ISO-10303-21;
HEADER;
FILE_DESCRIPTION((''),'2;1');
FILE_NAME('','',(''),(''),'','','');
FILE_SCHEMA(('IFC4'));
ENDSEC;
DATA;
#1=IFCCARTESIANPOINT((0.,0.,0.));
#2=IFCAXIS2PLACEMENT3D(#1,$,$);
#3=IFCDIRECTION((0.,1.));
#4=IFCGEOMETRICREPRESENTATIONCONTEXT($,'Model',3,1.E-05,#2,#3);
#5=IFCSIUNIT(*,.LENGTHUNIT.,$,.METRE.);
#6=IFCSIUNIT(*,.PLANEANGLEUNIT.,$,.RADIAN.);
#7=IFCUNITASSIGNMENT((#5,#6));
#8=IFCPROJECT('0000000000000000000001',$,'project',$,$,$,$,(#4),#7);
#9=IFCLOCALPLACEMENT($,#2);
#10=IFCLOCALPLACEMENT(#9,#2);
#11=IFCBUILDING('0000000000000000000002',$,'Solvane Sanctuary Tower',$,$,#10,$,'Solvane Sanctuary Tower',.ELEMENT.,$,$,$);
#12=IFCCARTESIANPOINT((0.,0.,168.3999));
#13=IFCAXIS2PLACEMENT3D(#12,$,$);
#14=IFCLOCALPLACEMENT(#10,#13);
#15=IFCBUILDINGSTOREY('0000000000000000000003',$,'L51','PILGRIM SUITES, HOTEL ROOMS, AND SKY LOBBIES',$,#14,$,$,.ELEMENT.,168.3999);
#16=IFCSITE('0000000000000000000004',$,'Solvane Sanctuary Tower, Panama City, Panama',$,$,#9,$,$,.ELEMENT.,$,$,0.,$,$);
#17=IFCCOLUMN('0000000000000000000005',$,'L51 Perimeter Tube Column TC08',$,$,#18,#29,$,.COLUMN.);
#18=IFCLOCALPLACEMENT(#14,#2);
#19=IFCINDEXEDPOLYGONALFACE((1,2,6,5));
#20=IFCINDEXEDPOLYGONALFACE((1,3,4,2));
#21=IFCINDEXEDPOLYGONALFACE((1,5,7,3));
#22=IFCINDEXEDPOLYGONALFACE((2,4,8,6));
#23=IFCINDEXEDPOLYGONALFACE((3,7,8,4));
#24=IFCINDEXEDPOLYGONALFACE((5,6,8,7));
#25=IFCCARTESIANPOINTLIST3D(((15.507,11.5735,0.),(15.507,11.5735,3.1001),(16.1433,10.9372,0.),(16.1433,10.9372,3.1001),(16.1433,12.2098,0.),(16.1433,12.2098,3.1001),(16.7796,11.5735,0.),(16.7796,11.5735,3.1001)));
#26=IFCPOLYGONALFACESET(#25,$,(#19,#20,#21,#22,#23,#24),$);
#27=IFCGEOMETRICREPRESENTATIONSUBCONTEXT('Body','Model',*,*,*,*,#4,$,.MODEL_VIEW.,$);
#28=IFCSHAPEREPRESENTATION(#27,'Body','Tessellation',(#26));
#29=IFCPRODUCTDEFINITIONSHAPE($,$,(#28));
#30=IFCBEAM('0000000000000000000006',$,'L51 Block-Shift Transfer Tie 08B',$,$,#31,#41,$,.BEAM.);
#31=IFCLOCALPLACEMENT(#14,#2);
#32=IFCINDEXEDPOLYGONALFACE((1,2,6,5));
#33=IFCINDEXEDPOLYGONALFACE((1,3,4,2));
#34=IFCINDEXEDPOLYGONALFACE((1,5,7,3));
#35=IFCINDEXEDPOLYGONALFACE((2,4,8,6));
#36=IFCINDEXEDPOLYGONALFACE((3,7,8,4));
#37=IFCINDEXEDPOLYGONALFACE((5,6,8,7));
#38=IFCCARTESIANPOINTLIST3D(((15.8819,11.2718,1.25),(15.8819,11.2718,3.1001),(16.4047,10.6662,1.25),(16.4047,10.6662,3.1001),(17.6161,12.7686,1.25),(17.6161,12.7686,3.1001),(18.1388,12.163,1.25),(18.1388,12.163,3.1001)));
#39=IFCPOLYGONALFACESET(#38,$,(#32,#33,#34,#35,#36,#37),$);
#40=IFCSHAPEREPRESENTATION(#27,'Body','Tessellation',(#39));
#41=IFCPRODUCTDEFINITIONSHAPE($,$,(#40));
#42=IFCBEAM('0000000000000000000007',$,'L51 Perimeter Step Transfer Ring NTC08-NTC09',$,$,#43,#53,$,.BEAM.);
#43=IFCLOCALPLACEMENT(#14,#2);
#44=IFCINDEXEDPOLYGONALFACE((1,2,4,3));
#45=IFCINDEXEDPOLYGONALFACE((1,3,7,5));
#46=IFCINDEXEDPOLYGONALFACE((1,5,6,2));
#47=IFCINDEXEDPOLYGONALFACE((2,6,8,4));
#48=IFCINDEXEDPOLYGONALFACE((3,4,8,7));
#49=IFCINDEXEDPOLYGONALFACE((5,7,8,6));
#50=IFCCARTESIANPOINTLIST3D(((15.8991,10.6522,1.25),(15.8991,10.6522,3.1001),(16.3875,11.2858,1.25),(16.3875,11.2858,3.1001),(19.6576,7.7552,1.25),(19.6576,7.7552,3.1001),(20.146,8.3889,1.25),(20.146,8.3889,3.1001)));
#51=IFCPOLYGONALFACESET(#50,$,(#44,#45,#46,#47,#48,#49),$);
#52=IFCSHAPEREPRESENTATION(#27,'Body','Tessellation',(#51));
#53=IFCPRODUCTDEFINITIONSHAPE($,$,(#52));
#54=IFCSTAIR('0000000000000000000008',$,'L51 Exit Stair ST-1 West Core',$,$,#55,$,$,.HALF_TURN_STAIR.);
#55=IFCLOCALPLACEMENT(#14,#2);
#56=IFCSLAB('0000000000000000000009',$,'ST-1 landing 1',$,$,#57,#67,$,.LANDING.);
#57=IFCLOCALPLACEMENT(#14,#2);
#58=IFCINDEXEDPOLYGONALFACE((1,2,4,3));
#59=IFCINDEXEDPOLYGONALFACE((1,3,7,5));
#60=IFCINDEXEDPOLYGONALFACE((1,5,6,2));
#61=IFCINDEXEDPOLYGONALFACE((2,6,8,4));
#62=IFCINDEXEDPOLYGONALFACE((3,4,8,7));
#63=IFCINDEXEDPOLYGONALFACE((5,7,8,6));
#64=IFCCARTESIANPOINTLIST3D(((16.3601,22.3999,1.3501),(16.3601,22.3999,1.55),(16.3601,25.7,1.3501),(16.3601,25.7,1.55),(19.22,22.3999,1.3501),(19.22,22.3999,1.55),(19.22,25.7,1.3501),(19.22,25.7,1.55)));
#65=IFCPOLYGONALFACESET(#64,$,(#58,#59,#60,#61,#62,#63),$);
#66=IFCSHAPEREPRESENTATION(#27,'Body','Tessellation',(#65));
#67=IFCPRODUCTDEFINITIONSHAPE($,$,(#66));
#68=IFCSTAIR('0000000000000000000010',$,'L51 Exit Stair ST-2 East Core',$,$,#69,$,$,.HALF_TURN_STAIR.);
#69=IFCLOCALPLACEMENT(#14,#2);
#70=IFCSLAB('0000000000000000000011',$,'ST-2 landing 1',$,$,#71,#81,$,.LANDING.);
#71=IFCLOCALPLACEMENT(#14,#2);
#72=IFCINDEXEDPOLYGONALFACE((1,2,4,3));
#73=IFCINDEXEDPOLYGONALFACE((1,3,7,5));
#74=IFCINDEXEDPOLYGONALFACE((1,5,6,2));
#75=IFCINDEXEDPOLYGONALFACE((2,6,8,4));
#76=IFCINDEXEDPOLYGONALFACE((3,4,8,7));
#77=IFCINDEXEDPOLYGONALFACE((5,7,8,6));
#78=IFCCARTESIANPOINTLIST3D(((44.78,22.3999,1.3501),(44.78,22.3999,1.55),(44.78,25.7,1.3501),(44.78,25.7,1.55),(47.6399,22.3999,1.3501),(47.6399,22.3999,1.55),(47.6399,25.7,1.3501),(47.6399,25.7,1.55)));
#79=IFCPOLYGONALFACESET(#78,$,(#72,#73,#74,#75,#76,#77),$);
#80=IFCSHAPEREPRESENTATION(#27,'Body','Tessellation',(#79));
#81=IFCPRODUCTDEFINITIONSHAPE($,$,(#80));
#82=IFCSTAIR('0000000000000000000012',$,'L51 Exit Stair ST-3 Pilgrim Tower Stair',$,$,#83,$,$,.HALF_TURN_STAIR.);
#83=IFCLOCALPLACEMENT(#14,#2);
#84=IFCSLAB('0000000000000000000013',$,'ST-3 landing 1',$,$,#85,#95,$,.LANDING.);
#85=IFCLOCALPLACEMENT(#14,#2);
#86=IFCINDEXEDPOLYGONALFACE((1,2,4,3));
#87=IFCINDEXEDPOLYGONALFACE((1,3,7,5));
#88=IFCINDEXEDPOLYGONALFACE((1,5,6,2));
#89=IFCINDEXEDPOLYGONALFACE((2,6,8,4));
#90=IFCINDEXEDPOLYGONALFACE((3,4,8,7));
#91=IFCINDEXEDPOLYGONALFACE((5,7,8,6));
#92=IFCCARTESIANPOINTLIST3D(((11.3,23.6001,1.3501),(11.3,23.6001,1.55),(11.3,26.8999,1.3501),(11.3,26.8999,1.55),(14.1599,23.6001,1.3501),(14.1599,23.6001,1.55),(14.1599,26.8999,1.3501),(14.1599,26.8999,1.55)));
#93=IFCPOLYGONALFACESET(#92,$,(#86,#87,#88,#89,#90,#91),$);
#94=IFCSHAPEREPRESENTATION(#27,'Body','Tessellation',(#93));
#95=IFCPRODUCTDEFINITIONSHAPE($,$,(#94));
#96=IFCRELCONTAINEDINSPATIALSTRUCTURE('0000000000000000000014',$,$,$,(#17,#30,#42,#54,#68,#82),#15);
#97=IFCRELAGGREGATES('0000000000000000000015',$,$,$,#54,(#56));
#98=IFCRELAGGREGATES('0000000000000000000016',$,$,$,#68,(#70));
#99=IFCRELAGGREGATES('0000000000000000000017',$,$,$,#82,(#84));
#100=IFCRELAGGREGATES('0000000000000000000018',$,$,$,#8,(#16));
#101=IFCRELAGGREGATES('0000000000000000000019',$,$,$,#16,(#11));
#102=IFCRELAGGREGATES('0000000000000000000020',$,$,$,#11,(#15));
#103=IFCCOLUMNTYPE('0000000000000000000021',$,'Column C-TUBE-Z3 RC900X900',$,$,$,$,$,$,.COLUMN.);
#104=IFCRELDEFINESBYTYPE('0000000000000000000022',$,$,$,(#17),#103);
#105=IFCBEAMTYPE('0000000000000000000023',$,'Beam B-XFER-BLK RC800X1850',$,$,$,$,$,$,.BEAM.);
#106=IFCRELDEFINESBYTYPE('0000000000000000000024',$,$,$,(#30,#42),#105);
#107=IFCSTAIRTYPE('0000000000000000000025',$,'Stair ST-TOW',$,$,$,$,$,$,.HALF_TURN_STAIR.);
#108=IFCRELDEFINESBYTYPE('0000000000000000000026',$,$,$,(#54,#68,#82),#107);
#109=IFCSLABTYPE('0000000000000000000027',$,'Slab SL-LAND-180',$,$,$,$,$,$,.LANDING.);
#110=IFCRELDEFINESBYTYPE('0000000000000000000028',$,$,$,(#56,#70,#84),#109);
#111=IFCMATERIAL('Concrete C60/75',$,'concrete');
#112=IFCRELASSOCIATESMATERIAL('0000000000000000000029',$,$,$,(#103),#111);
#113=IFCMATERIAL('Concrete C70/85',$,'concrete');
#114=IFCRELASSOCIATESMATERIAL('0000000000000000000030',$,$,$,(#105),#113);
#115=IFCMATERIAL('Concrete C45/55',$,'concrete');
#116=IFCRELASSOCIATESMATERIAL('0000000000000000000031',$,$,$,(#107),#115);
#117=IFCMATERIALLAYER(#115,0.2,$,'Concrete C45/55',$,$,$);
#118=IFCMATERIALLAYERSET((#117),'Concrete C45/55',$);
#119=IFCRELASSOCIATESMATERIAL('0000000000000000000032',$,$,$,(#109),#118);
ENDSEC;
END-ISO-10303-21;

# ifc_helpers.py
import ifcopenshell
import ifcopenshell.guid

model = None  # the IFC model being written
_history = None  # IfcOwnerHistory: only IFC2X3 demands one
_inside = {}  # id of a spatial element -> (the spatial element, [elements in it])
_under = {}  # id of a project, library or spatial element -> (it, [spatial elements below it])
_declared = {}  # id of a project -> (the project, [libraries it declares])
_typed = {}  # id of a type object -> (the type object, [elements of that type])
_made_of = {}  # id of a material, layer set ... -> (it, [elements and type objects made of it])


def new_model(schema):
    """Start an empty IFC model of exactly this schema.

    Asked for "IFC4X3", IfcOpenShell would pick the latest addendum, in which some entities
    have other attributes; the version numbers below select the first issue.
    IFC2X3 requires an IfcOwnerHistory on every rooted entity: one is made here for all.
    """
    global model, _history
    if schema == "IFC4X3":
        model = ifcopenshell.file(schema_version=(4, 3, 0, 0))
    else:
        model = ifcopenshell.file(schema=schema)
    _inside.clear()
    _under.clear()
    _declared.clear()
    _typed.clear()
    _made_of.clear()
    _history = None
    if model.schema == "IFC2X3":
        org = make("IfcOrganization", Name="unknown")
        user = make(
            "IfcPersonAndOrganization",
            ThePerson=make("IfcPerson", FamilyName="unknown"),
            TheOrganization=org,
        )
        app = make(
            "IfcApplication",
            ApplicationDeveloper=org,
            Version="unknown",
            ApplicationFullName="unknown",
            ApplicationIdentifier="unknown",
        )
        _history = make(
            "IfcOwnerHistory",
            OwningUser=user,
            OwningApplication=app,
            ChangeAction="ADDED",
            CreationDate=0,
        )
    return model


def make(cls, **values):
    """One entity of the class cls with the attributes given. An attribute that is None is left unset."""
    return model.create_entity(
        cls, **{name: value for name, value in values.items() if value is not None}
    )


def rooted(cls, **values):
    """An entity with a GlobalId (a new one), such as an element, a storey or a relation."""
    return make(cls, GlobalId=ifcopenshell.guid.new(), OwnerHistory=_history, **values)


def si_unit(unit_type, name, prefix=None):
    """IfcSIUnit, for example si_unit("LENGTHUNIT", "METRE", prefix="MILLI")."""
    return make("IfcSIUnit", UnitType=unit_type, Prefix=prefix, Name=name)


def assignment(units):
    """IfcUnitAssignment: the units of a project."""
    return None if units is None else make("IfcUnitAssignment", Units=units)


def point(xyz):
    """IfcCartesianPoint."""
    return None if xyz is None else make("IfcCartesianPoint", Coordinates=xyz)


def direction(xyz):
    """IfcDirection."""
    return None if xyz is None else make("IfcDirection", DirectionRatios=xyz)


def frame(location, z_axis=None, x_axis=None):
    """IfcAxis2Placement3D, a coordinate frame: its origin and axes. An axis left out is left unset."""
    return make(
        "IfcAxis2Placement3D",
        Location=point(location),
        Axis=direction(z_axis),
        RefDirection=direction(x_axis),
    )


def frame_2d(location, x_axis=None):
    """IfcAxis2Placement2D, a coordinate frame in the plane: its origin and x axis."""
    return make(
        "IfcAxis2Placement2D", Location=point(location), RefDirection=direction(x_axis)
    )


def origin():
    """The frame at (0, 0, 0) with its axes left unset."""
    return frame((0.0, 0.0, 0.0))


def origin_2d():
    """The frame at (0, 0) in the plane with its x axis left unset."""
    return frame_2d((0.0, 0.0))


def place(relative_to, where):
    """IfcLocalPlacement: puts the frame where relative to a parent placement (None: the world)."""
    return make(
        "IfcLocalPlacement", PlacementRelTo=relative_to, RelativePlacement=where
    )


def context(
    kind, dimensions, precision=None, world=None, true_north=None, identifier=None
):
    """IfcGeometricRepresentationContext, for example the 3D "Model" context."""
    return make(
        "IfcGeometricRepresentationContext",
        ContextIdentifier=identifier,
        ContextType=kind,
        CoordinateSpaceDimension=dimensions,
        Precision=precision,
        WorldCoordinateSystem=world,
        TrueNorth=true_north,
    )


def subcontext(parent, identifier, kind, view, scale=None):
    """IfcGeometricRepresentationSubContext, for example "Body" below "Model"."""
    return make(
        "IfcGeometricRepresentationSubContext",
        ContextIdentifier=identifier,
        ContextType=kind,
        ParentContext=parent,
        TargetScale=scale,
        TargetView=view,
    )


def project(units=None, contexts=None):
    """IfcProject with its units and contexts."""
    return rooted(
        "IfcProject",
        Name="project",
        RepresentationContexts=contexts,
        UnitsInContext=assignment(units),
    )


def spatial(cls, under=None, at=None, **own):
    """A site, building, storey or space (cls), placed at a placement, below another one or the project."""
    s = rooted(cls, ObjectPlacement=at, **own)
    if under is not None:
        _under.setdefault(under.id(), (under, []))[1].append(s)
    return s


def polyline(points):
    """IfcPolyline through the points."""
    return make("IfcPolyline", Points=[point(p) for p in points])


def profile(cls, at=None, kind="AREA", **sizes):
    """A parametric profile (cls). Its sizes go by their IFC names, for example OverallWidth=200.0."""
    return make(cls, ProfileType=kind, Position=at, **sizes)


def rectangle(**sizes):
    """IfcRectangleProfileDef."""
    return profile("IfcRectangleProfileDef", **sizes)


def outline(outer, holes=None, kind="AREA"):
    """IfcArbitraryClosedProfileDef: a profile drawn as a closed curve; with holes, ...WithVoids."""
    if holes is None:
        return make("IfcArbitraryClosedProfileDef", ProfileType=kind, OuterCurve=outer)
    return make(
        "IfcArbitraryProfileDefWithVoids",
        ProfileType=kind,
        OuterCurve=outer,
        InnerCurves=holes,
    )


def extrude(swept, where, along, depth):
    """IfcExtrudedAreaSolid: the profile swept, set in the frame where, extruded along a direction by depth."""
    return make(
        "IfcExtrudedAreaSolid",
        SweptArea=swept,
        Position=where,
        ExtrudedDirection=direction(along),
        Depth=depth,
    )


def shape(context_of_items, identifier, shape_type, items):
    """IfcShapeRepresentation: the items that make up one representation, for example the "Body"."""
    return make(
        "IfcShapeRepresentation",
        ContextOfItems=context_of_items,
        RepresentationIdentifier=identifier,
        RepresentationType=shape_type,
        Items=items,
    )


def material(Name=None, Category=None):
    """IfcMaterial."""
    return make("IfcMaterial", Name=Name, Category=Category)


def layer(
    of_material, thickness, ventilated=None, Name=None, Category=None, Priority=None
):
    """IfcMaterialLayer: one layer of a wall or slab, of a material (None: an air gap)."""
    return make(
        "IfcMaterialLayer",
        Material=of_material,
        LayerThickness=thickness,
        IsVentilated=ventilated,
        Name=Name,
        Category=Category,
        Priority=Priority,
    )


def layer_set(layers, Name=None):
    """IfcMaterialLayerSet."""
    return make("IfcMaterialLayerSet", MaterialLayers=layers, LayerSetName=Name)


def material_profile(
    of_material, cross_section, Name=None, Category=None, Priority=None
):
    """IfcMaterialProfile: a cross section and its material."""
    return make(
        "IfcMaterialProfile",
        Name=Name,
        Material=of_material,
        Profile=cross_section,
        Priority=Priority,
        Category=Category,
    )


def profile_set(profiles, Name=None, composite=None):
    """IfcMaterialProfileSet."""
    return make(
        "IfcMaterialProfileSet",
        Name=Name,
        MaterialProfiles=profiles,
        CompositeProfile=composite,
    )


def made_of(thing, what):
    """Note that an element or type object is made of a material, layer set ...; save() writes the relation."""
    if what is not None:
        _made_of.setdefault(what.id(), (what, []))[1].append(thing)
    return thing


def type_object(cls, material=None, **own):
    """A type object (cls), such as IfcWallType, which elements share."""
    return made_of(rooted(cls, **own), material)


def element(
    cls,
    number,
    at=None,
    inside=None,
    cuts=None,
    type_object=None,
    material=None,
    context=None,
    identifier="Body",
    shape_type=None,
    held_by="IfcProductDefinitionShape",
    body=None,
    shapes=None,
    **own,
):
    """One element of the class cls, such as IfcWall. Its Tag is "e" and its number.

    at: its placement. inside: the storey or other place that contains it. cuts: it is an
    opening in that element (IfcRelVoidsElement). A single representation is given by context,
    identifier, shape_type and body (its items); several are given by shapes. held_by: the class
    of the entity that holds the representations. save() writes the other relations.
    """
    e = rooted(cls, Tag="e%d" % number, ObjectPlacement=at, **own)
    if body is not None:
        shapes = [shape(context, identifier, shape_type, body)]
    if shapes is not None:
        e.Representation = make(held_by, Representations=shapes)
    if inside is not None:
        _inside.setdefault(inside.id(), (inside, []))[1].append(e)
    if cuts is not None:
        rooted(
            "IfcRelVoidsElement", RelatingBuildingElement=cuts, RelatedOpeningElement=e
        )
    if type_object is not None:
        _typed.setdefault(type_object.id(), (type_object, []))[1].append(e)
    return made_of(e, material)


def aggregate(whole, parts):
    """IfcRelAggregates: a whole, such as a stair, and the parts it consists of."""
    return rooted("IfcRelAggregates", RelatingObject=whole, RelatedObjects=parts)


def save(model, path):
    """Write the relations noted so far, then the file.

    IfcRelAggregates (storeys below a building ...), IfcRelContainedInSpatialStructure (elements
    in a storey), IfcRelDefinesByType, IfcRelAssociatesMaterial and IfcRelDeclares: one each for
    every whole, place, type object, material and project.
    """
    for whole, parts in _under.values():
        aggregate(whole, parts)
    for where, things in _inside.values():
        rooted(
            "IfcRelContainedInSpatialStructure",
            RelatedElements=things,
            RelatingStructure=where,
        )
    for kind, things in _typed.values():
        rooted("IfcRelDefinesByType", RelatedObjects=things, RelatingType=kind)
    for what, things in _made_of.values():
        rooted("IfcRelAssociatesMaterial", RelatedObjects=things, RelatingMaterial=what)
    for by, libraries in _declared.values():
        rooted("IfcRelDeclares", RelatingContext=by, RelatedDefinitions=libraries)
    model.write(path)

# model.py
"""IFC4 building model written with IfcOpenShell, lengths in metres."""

from ifc_helpers import new_model, si_unit, direction, frame, origin, origin_2d, place, context, subcontext, project, spatial, polyline, rectangle, outline, extrude, material, layer, layer_set, material_profile, profile_set, type_object, element, aggregate, save


model = new_model("IFC4")

# Units and contexts
model_context = context("Model", 3, precision=1e-05, world=origin(), true_north=direction((0.0, 1.0)))
body_context = subcontext(model_context, "Body", "Model", "MODEL_VIEW")
ifc_project = project(units=[si_unit("LENGTHUNIT", "METRE"), si_unit("PLANEANGLEUNIT", "RADIAN")], contexts=[model_context])

# Site, building, storey
site_placement = place(None, origin())
site = spatial("IfcSite", under=ifc_project, at=site_placement, Name="Solvane Sanctuary Tower, Panama City, Panama", CompositionType="ELEMENT", RefElevation=0.0)
building_placement = place(site_placement, origin())
building = spatial("IfcBuilding", under=site, at=building_placement, Name="Solvane Sanctuary Tower", LongName="Solvane Sanctuary Tower", CompositionType="ELEMENT")
storey_placement = place(building_placement, frame((0.0, 0.0, 168.3999)))
storey = spatial("IfcBuildingStorey", under=building, at=storey_placement, Name="L51", Description="PILGRIM SUITES, HOTEL ROOMS, AND SKY LOBBIES", CompositionType="ELEMENT", Elevation=168.3999)

# Column
ifc_material_1 = material(Name="Concrete C60/75", Category="concrete")
ifc_material_profile_1 = material_profile(ifc_material_1, rectangle(XDim=0.8999, YDim=0.8999, at=origin_2d()), Name="RC900X900")
ifc_profile_set_1 = profile_set([ifc_material_profile_1], Name="Concrete C60/75")
column_type = type_object("IfcColumnType", Name="Column C-TUBE-Z3 RC900X900", PredefinedType="COLUMN", material=ifc_profile_set_1)
column_placement = place(storey_placement, frame((16.1433, 11.5735, 0.0), z_axis=(0.0, 0.0, 1.0), x_axis=(-0.707107, -0.707107, 0.0)))
element("IfcColumn", 1, at=column_placement, inside=storey, type_object=column_type, Name="L51 Perimeter Tube Column TC08", PredefinedType="COLUMN", context=body_context, shape_type="SweptSolid", body=[
    extrude(rectangle(XDim=0.8999, YDim=0.8999, at=origin_2d()), origin(), (0.0, 0.0, 1.0), 3.1001),
])

# Beams
ifc_material_2 = material(Name="Concrete C70/85", Category="concrete")
ifc_material_profile_2 = material_profile(ifc_material_2, rectangle(XDim=0.8, YDim=1.8501, at=origin_2d()), Name="RC800X1850")
ifc_profile_set_2 = profile_set([ifc_material_profile_2], Name="Concrete C70/85")
beam_type = type_object("IfcBeamType", Name="Beam B-XFER-BLK RC800X1850", PredefinedType="BEAM", material=ifc_profile_set_2)
beam_1_placement = place(storey_placement, frame((17.8774, 12.4658, 2.175), z_axis=(-0.757003, -0.653412, 0.0), x_axis=(0.653412, -0.757003, 0.0)))
element("IfcBeam", 2, at=beam_1_placement, inside=storey, type_object=beam_type, Name="L51 Block-Shift Transfer Tie 08B", PredefinedType="BEAM", context=body_context, shape_type="SweptSolid", body=[
    extrude(rectangle(XDim=0.8, YDim=1.8501, at=origin_2d()), origin(), (0.0, 0.0, 1.0), 2.2908),
])
beam_2_placement = place(storey_placement, frame((16.1433, 10.969, 2.175), z_axis=(0.792035, -0.610476, 0.0), x_axis=(0.610476, 0.792035, 0.0)))
element("IfcBeam", 3, at=beam_2_placement, inside=storey, type_object=beam_type, Name="L51 Perimeter Step Transfer Ring NTC08-NTC09", PredefinedType="BEAM", context=body_context, shape_type="SweptSolid", body=[
    extrude(rectangle(XDim=0.8, YDim=1.8501, at=origin_2d()), origin(), (0.0, 0.0, 1.0), 4.7454),
])

# Stairs, slabs
ifc_material_3 = material(Name="Concrete C45/55", Category="concrete")
stair_type = type_object("IfcStairType", Name="Stair ST-TOW", PredefinedType="HALF_TURN_STAIR", material=ifc_material_3)
stair_1_placement = place(storey_placement, origin())
stair_1 = element("IfcStair", 4, at=stair_1_placement, inside=storey, type_object=stair_type, Name="L51 Exit Stair ST-1 West Core", PredefinedType="HALF_TURN_STAIR")
ifc_layer_1 = layer(ifc_material_3, 0.2, Name="Concrete C45/55")
ifc_layer_set_1 = layer_set([ifc_layer_1], Name="Concrete C45/55")
slab_type_1 = type_object("IfcSlabType", Name="Slab SL-LAND-180", PredefinedType="LANDING", material=ifc_layer_set_1)
slab_1_placement = place(storey_placement, frame((0.0, 0.0, 1.3501)))
slab_1 = element("IfcSlab", 5, at=slab_1_placement, type_object=slab_type_1, Name="ST-1 landing 1", PredefinedType="LANDING", context=body_context, shape_type="SweptSolid", body=[
    extrude(outline(polyline([(19.22, 22.3999), (19.22, 25.7), (16.3601, 25.7), (16.3601, 22.3999), (19.22, 22.3999)])), origin(), (0.0, 0.0, 1.0), 0.2),
])
aggregate(stair_1, [slab_1])
stair_2_placement = place(storey_placement, origin())
stair_2 = element("IfcStair", 6, at=stair_2_placement, inside=storey, type_object=stair_type, Name="L51 Exit Stair ST-2 East Core", PredefinedType="HALF_TURN_STAIR")
slab_2_placement = place(storey_placement, frame((0.0, 0.0, 1.3501)))
slab_2 = element("IfcSlab", 7, at=slab_2_placement, type_object=slab_type_1, Name="ST-2 landing 1", PredefinedType="LANDING", context=body_context, shape_type="SweptSolid", body=[
    extrude(outline(polyline([(47.6399, 22.3999), (47.6399, 25.7), (44.78, 25.7), (44.78, 22.3999), (47.6399, 22.3999)])), origin(), (0.0, 0.0, 1.0), 0.2),
])
aggregate(stair_2, [slab_2])
stair_3_placement = place(storey_placement, origin())
stair_3 = element("IfcStair", 8, at=stair_3_placement, inside=storey, type_object=stair_type, Name="L51 Exit Stair ST-3 Pilgrim Tower Stair", PredefinedType="HALF_TURN_STAIR")
slab_3_placement = place(storey_placement, frame((0.0, 0.0, 1.3501)))
slab_3 = element("IfcSlab", 9, at=slab_3_placement, type_object=slab_type_1, Name="ST-3 landing 1", PredefinedType="LANDING", context=body_context, shape_type="SweptSolid", body=[
    extrude(outline(polyline([(14.1599, 23.6001), (14.1599, 26.8999), (11.3, 26.8999), (11.3, 23.6001), (14.1599, 23.6001)])), origin(), (0.0, 0.0, 1.0), 0.2),
])
aggregate(stair_3, [slab_3])

save(model, "model.ifc")
